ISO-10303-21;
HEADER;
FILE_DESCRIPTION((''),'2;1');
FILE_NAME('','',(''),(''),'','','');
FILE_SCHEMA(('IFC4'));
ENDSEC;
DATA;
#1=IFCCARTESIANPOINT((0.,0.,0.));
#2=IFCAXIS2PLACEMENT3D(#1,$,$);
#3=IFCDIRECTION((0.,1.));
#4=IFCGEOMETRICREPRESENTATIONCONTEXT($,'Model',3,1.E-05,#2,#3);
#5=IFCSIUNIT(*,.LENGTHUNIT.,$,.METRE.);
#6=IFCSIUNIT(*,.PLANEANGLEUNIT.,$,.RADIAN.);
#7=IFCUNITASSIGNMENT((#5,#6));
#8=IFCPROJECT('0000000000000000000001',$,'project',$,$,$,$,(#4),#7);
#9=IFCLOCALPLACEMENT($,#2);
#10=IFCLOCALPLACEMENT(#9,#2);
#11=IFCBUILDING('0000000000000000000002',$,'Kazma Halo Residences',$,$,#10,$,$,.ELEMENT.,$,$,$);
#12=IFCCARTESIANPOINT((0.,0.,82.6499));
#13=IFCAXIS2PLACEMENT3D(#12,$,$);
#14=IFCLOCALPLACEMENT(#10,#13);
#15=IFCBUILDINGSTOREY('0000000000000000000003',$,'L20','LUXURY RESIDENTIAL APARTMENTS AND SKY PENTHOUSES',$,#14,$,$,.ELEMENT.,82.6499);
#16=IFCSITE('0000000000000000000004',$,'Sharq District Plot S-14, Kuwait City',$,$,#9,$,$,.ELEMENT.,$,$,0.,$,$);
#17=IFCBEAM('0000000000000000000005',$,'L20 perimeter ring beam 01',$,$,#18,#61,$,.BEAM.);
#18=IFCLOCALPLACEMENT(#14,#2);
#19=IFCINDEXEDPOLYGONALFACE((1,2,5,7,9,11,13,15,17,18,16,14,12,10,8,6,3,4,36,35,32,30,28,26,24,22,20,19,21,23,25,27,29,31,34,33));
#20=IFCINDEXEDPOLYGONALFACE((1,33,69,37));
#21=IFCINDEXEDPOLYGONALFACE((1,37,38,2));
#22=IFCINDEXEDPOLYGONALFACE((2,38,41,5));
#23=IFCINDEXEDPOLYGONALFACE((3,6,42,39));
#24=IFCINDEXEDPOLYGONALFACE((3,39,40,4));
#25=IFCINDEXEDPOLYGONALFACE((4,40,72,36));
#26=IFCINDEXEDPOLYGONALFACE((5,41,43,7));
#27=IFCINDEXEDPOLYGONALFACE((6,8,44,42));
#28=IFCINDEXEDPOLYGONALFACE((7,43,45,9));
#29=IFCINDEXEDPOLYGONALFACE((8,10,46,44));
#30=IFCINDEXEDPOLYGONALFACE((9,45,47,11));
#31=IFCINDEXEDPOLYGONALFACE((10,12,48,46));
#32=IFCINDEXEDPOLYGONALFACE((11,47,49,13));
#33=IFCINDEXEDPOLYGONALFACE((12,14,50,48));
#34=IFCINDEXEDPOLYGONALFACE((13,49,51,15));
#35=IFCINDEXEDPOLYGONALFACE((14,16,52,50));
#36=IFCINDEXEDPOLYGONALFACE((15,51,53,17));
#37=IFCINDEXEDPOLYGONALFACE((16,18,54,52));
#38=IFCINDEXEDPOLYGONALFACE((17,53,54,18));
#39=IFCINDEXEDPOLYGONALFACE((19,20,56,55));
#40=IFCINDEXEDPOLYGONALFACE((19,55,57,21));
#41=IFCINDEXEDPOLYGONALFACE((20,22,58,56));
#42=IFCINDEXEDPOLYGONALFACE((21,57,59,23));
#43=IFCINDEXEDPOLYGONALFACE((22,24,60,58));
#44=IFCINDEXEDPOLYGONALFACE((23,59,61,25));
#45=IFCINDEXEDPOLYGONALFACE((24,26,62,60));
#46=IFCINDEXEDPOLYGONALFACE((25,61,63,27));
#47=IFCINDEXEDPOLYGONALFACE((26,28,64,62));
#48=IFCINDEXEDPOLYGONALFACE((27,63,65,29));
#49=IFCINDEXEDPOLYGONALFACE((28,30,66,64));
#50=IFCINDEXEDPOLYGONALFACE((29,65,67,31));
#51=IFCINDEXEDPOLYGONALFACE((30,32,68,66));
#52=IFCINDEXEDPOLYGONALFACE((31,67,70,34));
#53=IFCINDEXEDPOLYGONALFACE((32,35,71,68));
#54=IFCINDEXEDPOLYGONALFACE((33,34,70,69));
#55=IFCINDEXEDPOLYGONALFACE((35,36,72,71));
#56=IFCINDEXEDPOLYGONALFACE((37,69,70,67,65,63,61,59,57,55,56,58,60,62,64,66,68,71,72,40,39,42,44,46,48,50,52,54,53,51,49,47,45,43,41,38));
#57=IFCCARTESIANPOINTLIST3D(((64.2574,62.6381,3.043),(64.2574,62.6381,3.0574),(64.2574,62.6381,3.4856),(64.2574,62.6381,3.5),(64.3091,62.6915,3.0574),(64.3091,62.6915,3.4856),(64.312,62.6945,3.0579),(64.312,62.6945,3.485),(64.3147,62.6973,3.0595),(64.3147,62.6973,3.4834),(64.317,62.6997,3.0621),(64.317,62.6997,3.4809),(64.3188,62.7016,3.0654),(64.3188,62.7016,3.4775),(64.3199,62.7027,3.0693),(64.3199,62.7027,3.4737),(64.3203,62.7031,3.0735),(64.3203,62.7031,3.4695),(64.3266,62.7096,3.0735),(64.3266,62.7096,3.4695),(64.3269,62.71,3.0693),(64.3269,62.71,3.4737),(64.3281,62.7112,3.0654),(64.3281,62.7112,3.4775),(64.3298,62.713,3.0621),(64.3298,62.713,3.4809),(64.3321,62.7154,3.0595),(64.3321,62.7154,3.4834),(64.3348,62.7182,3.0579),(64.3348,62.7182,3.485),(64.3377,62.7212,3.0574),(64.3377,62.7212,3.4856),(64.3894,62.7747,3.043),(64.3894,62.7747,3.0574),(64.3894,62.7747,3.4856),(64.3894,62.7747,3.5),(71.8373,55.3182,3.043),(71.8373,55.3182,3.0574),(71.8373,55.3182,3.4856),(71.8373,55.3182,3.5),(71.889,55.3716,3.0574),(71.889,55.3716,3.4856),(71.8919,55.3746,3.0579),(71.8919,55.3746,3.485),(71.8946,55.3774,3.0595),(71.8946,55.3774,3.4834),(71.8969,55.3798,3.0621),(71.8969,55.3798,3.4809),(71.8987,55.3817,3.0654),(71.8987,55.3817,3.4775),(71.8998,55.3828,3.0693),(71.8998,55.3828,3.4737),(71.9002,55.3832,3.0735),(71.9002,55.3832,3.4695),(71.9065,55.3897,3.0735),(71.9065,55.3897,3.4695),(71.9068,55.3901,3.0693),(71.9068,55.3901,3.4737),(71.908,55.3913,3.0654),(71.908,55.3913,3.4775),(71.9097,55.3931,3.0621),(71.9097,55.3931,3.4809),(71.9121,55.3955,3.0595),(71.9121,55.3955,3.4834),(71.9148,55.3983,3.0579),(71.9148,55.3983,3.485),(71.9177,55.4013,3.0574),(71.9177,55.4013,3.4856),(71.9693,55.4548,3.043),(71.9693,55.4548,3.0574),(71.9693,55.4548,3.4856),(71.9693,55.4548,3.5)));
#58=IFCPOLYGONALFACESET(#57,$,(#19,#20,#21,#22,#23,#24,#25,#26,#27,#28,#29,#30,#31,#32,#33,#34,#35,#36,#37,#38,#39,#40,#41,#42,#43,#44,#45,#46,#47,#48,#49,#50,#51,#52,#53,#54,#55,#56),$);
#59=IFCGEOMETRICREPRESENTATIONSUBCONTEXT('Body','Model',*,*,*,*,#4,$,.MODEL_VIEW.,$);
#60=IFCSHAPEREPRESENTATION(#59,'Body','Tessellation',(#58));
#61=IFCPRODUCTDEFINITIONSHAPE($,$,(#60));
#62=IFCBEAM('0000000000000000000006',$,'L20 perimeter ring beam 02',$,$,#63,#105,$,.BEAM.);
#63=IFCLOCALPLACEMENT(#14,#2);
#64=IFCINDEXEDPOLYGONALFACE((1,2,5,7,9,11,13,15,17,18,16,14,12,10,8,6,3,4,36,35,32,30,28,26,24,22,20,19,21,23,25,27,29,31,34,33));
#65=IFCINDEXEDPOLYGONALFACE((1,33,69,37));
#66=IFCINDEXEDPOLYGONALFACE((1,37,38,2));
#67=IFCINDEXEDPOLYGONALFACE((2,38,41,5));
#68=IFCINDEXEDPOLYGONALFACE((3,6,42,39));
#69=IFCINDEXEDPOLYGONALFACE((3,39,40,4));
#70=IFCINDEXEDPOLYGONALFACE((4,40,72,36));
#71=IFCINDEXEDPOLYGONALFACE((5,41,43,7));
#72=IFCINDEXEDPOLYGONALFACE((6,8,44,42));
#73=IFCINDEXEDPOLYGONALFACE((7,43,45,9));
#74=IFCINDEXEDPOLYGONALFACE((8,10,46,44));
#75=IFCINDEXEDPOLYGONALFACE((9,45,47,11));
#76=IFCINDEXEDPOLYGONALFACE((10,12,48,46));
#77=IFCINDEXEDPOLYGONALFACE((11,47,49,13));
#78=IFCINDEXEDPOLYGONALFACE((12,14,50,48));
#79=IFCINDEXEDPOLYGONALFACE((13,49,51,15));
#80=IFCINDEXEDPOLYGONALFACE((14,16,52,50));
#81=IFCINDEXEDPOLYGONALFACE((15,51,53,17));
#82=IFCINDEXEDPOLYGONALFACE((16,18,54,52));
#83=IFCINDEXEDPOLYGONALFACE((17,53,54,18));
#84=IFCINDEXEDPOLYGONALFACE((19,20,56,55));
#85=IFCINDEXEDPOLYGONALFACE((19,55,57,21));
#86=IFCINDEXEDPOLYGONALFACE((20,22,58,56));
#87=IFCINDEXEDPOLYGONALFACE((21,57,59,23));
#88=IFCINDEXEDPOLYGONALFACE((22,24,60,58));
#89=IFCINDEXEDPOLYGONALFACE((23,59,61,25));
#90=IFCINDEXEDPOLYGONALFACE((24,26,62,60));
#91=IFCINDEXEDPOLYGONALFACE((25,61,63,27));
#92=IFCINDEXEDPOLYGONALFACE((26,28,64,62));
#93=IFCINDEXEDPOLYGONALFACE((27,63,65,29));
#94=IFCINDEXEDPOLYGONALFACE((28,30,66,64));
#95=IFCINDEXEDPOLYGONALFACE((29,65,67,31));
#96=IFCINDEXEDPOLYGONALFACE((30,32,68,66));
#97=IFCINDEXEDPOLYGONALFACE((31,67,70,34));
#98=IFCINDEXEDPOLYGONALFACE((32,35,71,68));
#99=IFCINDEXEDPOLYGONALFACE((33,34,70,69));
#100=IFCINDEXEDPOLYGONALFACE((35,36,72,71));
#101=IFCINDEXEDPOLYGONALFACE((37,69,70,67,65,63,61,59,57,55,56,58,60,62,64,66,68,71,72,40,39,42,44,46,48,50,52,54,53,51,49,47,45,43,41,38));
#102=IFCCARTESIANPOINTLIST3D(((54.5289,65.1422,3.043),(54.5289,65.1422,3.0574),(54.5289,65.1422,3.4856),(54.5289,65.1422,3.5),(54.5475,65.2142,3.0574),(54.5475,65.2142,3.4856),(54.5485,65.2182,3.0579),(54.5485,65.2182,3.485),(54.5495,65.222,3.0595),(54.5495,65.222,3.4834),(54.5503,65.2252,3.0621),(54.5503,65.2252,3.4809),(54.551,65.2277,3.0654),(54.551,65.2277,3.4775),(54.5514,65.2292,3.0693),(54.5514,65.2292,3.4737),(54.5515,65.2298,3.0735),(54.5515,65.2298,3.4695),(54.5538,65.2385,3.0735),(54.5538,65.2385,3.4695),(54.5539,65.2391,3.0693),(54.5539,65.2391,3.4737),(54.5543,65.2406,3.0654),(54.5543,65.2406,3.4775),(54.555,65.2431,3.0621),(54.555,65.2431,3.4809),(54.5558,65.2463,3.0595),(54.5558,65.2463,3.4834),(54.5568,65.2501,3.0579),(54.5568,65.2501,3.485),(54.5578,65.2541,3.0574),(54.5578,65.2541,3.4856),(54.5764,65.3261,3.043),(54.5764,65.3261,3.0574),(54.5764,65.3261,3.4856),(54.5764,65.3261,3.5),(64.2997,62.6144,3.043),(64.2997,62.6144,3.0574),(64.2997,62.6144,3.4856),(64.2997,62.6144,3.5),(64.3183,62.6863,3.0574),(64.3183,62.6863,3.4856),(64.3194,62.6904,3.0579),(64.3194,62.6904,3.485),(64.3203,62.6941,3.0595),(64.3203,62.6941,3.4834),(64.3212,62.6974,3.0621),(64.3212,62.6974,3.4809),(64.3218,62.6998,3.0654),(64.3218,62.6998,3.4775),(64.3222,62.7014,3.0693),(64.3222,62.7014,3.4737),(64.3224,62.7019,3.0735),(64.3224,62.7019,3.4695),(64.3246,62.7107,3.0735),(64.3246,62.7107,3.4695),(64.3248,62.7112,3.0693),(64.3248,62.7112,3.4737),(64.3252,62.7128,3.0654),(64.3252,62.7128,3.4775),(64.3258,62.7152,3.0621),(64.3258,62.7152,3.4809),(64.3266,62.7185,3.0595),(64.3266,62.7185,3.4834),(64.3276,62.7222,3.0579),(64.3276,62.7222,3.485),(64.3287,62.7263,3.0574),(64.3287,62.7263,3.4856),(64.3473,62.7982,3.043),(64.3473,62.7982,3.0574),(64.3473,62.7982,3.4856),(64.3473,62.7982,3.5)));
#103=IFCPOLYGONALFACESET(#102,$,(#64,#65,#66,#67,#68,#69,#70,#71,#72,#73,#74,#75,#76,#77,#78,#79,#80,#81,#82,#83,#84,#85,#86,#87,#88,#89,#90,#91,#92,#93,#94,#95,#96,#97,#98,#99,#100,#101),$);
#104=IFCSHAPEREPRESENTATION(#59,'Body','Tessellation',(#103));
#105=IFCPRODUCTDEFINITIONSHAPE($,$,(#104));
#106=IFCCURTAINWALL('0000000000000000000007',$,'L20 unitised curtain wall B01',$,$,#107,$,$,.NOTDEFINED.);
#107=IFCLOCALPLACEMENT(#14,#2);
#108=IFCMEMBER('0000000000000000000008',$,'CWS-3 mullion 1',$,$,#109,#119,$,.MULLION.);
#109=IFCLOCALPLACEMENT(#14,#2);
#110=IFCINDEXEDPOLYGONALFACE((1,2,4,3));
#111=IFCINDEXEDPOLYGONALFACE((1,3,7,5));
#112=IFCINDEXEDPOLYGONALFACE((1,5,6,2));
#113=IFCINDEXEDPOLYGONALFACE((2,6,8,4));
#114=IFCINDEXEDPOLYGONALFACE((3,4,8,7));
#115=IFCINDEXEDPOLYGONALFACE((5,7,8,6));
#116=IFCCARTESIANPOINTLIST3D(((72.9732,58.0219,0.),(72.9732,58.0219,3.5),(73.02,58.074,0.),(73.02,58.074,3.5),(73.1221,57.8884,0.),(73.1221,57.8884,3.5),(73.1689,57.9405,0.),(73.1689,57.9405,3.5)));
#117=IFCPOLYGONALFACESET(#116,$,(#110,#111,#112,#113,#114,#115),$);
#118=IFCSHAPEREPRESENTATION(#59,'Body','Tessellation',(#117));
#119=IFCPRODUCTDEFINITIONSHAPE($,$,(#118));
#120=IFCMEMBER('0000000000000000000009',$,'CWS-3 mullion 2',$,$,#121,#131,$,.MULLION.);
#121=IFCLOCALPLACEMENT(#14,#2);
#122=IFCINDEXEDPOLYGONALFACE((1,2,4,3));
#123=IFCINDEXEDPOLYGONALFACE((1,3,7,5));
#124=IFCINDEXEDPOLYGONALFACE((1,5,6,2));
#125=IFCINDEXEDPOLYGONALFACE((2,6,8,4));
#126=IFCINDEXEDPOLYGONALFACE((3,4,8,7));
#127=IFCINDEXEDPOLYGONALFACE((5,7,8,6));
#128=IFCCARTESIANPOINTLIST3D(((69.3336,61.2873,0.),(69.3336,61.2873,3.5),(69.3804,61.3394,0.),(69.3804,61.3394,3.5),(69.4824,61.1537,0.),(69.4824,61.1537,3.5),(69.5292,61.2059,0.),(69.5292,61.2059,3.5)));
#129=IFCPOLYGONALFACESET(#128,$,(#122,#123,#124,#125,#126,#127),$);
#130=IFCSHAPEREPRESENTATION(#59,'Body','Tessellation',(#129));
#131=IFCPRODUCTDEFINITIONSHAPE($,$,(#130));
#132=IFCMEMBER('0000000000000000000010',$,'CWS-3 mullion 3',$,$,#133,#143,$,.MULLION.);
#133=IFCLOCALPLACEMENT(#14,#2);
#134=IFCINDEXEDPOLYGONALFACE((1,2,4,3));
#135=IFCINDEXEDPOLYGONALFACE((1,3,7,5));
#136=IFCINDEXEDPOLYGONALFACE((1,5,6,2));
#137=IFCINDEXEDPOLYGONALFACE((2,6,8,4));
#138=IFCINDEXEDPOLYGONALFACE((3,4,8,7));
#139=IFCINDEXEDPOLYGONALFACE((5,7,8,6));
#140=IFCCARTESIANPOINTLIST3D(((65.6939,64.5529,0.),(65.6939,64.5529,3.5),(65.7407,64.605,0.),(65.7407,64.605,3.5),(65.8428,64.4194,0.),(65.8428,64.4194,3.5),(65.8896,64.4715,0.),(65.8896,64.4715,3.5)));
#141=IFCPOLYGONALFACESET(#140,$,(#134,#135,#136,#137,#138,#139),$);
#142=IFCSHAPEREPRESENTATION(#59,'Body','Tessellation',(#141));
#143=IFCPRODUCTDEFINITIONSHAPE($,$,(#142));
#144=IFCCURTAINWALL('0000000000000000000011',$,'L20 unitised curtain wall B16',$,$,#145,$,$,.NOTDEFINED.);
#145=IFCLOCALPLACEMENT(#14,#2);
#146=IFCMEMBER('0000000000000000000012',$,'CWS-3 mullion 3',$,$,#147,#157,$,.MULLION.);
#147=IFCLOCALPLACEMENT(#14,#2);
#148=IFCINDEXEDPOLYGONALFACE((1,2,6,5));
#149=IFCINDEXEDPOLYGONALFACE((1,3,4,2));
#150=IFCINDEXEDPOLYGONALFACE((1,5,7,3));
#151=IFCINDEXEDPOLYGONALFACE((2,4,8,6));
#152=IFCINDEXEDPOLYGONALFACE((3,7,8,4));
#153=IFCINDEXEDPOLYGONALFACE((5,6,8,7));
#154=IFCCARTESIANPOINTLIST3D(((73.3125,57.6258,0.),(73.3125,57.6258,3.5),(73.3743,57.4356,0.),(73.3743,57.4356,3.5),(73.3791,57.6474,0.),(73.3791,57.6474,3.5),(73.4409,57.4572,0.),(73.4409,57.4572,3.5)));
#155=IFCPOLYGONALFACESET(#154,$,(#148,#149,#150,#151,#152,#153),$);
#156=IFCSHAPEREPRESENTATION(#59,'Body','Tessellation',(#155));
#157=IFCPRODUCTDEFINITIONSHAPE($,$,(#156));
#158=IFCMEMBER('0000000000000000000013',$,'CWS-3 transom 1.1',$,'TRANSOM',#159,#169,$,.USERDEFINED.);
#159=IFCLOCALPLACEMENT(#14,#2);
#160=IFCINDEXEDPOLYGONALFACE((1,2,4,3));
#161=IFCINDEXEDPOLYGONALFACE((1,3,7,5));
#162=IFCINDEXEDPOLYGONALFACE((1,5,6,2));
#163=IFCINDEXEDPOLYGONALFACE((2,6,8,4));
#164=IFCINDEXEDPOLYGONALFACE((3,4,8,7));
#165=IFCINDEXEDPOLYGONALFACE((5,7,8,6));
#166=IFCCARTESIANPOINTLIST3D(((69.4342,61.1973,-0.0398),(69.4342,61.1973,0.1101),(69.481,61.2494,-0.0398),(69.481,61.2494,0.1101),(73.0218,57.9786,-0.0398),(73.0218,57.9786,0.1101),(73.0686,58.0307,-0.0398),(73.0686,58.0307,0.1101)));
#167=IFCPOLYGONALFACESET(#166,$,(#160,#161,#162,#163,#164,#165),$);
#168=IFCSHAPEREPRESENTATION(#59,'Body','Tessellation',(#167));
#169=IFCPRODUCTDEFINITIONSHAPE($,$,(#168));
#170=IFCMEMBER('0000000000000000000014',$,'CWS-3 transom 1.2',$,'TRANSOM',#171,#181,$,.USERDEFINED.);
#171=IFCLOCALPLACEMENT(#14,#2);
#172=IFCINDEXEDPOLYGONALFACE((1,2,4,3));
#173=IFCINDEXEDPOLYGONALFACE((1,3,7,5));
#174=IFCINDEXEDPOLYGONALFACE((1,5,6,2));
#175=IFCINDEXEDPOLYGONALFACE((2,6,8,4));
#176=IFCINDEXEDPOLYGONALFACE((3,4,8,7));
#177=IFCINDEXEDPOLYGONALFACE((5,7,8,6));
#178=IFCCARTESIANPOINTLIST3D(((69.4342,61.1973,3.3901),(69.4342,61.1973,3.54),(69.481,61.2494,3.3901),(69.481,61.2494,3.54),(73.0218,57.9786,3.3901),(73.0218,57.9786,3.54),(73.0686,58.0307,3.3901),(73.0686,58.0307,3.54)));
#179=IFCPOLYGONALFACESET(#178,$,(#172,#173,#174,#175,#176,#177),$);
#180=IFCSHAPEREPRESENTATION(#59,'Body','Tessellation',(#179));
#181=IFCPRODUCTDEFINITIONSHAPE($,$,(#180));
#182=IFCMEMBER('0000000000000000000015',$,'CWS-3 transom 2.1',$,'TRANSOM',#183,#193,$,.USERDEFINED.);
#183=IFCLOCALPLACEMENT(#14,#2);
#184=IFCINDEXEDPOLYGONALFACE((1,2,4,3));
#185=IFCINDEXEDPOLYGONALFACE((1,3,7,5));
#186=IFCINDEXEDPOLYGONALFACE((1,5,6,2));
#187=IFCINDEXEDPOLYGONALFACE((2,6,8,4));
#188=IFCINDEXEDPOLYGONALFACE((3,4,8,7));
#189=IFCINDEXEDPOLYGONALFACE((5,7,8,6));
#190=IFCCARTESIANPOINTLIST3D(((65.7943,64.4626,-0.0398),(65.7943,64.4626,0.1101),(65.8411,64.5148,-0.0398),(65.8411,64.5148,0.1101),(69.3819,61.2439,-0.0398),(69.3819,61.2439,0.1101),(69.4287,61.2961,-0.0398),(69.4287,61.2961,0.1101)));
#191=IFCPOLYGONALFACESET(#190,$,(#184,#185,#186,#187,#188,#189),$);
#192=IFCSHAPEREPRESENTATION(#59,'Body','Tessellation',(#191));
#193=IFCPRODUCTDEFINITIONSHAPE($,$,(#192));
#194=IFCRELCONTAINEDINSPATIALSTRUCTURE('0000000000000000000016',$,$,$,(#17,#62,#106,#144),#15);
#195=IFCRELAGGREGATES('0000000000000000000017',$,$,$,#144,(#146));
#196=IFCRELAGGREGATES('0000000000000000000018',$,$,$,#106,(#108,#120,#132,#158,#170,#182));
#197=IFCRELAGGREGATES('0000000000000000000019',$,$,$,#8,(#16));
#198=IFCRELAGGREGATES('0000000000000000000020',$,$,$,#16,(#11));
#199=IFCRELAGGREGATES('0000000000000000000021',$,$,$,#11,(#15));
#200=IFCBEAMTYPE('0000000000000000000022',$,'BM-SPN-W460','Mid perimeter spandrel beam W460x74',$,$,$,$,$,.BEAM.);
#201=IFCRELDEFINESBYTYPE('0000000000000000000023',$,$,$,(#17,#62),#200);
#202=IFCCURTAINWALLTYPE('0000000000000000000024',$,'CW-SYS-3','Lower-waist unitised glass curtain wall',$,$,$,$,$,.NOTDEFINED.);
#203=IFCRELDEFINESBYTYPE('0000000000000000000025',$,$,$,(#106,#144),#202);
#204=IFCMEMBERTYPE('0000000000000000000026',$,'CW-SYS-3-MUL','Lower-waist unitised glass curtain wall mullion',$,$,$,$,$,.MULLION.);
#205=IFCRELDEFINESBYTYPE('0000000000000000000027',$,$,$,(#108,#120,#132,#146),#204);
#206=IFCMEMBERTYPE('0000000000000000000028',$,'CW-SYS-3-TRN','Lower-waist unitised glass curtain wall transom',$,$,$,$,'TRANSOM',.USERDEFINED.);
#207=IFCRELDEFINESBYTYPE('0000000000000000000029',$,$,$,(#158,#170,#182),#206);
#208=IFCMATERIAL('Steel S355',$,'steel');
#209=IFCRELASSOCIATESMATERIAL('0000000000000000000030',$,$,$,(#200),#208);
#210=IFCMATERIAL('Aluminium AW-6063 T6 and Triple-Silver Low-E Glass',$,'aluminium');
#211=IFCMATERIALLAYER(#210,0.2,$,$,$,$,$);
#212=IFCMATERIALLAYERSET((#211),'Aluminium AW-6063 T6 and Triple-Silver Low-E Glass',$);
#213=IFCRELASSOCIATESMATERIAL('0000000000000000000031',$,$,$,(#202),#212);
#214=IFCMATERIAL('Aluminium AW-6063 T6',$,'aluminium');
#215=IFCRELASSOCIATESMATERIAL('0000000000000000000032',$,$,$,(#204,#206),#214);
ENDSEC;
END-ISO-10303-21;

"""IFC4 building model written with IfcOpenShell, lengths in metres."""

from ifc_helpers import new_model, si_unit, direction, frame, origin, origin_2d, place, context, subcontext, project, spatial, rectangle, i_section, extrude, material, layer, layer_set, material_profile, profile_set, type_object, element, aggregate, save


model = new_model("IFC4")

# Units and contexts
model_context = context("Model", 3, precision=1e-05, world=origin(), true_north=direction((0.0, 1.0)))
body_context = subcontext(model_context, "Body", "Model", "MODEL_VIEW")
ifc_project = project(units=[si_unit("LENGTHUNIT", "METRE"), si_unit("PLANEANGLEUNIT", "RADIAN")], contexts=[model_context])

# Site, building, storey
site_placement = place(None, origin())
site = spatial("IfcSite", under=ifc_project, at=site_placement, Name="Sharq District Plot S-14, Kuwait City", CompositionType="ELEMENT", RefElevation=0.0)
building_placement = place(site_placement, origin())
building = spatial("IfcBuilding", under=site, at=building_placement, Name="Kazma Halo Residences", CompositionType="ELEMENT")
storey_placement = place(building_placement, frame((0.0, 0.0, 82.6499)))
storey = spatial("IfcBuildingStorey", under=building, at=storey_placement, Name="L20", Description="LUXURY RESIDENTIAL APARTMENTS AND SKY PENTHOUSES", CompositionType="ELEMENT", Elevation=82.6499)

# Beams
ifc_material_1 = material(Name="Steel S355", Category="steel")
ifc_material_profile_1 = material_profile(ifc_material_1, i_section(OverallWidth=0.1899, OverallDepth=0.457, WebThickness=0.009, FlangeThickness=0.0144, FilletRadius=0.0161, at=origin_2d()), Name="W460x74")
ifc_profile_set_1 = profile_set([ifc_material_profile_1], Name="Steel S355")
beam_type_1 = type_object("IfcBeamType", Name="BM-SPN-W460", Description="Mid perimeter spandrel beam W460x74", PredefinedType="BEAM", material=ifc_profile_set_1)
beam_1_placement = place(storey_placement, frame((71.9033, 55.3865, 3.2715), z_axis=(-0.719337, 0.694661, 0.0), x_axis=(-0.694661, -0.719337, 0.0)))
element("IfcBeam", 1, at=beam_1_placement, inside=storey, type_object=beam_type_1, Name="L20 perimeter ring beam 01", PredefinedType="BEAM", context=body_context, shape_type="SweptSolid", body=[
    extrude(i_section(OverallWidth=0.1899, OverallDepth=0.457, WebThickness=0.009, FlangeThickness=0.0144, FilletRadius=0.0161, at=origin_2d()), origin(), (0.0, 0.0, 1.0), 10.5374),
])
beam_2_placement = place(storey_placement, frame((64.3235, 62.7063, 3.2715), z_axis=(-0.968125, 0.250468, 0.0), x_axis=(-0.250468, -0.968125, 0.0)))
element("IfcBeam", 2, at=beam_2_placement, inside=storey, type_object=beam_type_1, Name="L20 perimeter ring beam 02", PredefinedType="BEAM", context=body_context, shape_type="SweptSolid", body=[
    extrude(i_section(OverallWidth=0.1899, OverallDepth=0.457, WebThickness=0.009, FlangeThickness=0.0144, FilletRadius=0.0161, at=origin_2d()), origin(), (0.0, 0.0, 1.0), 10.0925),
])

# Curtain wall, members
ifc_material_2 = material(Name="Aluminium AW-6063 T6 and Triple-Silver Low-E Glass", Category="aluminium")
ifc_layer_1 = layer(ifc_material_2, 0.2)
ifc_layer_set_1 = layer_set([ifc_layer_1], Name="Aluminium AW-6063 T6 and Triple-Silver Low-E Glass")
curtain_wall_type = type_object("IfcCurtainWallType", Name="CW-SYS-3", Description="Lower-waist unitised glass curtain wall", PredefinedType="NOTDEFINED", material=ifc_layer_set_1)
curtain_wall_1_placement = place(storey_placement, origin())
curtain_wall_1 = element("IfcCurtainWall", 3, at=curtain_wall_1_placement, inside=storey, type_object=curtain_wall_type, Name="L20 unitised curtain wall B01", PredefinedType="NOTDEFINED")
ifc_material_3 = material(Name="Aluminium AW-6063 T6", Category="aluminium")
ifc_material_profile_2 = material_profile(ifc_material_3, rectangle(XDim=0.0701, YDim=0.2, at=origin_2d()), Name="CWM-70x200")
ifc_profile_set_2 = profile_set([ifc_material_profile_2], Name="Aluminium AW-6063 T6")
member_type_1 = type_object("IfcMemberType", Name="CW-SYS-3-MUL", Description="Lower-waist unitised glass curtain wall mullion", PredefinedType="MULLION", material=ifc_profile_set_2)
member_1_placement = place(storey_placement, frame((73.071, 57.9812, 0.0), z_axis=(0.0, 0.0, 1.0), x_axis=(-0.667795, -0.744345, 0.0)))
member_1 = element("IfcMember", 4, at=member_1_placement, type_object=member_type_1, Name="CWS-3 mullion 1", PredefinedType="MULLION", context=body_context, shape_type="SweptSolid", body=[
    extrude(rectangle(XDim=0.0701, YDim=0.2, at=origin_2d()), origin(), (0.0, 0.0, 1.0), 3.5),
])
member_2_placement = place(storey_placement, frame((69.4314, 61.2466, 0.0), z_axis=(0.0, 0.0, 1.0), x_axis=(-0.667795, -0.744345, 0.0)))
member_2 = element("IfcMember", 5, at=member_2_placement, type_object=member_type_1, Name="CWS-3 mullion 2", PredefinedType="MULLION", context=body_context, shape_type="SweptSolid", body=[
    extrude(rectangle(XDim=0.0701, YDim=0.2, at=origin_2d()), origin(), (0.0, 0.0, 1.0), 3.5),
])
member_3_placement = place(storey_placement, frame((65.7917, 64.5122, 0.0), z_axis=(0.0, 0.0, 1.0), x_axis=(-0.667795, -0.744345, 0.0)))
member_3 = element("IfcMember", 6, at=member_3_placement, type_object=member_type_1, Name="CWS-3 mullion 3", PredefinedType="MULLION", context=body_context, shape_type="SweptSolid", body=[
    extrude(rectangle(XDim=0.0701, YDim=0.2, at=origin_2d()), origin(), (0.0, 0.0, 1.0), 3.5),
])

# Curtain wall, member
curtain_wall_2_placement = place(storey_placement, origin())
curtain_wall_2 = element("IfcCurtainWall", 7, at=curtain_wall_2_placement, inside=storey, type_object=curtain_wall_type, Name="L20 unitised curtain wall B16", PredefinedType="NOTDEFINED")
member_4_placement = place(storey_placement, frame((73.3767, 57.5415, 0.0), z_axis=(0.0, 0.0, 1.0), x_axis=(-0.951058, -0.309013, 0.0)))
member_4 = element("IfcMember", 8, at=member_4_placement, type_object=member_type_1, Name="CWS-3 mullion 3", PredefinedType="MULLION", context=body_context, shape_type="SweptSolid", body=[
    extrude(rectangle(XDim=0.0701, YDim=0.2, at=origin_2d()), origin(), (0.0, 0.0, 1.0), 3.5),
])
aggregate(curtain_wall_2, [member_4])

# Members
ifc_material_profile_3 = material_profile(ifc_material_3, rectangle(XDim=0.0701, YDim=0.1499, at=origin_2d()), Name="CWT-70x150")
ifc_profile_set_3 = profile_set([ifc_material_profile_3], Name="Aluminium AW-6063 T6")
member_type_2 = type_object("IfcMemberType", Name="CW-SYS-3-TRN", Description="Lower-waist unitised glass curtain wall transom", ElementType="TRANSOM", PredefinedType="USERDEFINED", material=ifc_profile_set_3)
member_5_placement = place(storey_placement, frame((73.0452, 58.0046, 0.0352), z_axis=(-0.744338, 0.667803, 0.0), x_axis=(-0.667803, -0.744338, 0.0)))
member_5 = element("IfcMember", 9, at=member_5_placement, type_object=member_type_2, Name="CWS-3 transom 1.1", ObjectType="TRANSOM", PredefinedType="USERDEFINED", context=body_context, shape_type="SweptSolid", body=[
    extrude(rectangle(XDim=0.0701, YDim=0.1499, at=origin_2d()), origin(), (0.0, 0.0, 1.0), 4.8198),
])
member_6_placement = place(storey_placement, frame((73.0452, 58.0046, 3.4651), z_axis=(-0.744338, 0.667803, 0.0), x_axis=(-0.667803, -0.744338, 0.0)))
member_6 = element("IfcMember", 10, at=member_6_placement, type_object=member_type_2, Name="CWS-3 transom 1.2", ObjectType="TRANSOM", PredefinedType="USERDEFINED", context=body_context, shape_type="SweptSolid", body=[
    extrude(rectangle(XDim=0.0701, YDim=0.1499, at=origin_2d()), origin(), (0.0, 0.0, 1.0), 4.8198),
])
member_7_placement = place(storey_placement, frame((69.4053, 61.27, 0.0352), z_axis=(-0.744338, 0.667803, 0.0), x_axis=(-0.667803, -0.744338, 0.0)))
member_7 = element("IfcMember", 11, at=member_7_placement, type_object=member_type_2, Name="CWS-3 transom 2.1", ObjectType="TRANSOM", PredefinedType="USERDEFINED", context=body_context, shape_type="SweptSolid", body=[
    extrude(rectangle(XDim=0.0701, YDim=0.1499, at=origin_2d()), origin(), (0.0, 0.0, 1.0), 4.8198),
])

aggregate(curtain_wall_1, [member_1, member_2, member_3, member_5, member_6, member_7])

save(model, "model.ifc")
